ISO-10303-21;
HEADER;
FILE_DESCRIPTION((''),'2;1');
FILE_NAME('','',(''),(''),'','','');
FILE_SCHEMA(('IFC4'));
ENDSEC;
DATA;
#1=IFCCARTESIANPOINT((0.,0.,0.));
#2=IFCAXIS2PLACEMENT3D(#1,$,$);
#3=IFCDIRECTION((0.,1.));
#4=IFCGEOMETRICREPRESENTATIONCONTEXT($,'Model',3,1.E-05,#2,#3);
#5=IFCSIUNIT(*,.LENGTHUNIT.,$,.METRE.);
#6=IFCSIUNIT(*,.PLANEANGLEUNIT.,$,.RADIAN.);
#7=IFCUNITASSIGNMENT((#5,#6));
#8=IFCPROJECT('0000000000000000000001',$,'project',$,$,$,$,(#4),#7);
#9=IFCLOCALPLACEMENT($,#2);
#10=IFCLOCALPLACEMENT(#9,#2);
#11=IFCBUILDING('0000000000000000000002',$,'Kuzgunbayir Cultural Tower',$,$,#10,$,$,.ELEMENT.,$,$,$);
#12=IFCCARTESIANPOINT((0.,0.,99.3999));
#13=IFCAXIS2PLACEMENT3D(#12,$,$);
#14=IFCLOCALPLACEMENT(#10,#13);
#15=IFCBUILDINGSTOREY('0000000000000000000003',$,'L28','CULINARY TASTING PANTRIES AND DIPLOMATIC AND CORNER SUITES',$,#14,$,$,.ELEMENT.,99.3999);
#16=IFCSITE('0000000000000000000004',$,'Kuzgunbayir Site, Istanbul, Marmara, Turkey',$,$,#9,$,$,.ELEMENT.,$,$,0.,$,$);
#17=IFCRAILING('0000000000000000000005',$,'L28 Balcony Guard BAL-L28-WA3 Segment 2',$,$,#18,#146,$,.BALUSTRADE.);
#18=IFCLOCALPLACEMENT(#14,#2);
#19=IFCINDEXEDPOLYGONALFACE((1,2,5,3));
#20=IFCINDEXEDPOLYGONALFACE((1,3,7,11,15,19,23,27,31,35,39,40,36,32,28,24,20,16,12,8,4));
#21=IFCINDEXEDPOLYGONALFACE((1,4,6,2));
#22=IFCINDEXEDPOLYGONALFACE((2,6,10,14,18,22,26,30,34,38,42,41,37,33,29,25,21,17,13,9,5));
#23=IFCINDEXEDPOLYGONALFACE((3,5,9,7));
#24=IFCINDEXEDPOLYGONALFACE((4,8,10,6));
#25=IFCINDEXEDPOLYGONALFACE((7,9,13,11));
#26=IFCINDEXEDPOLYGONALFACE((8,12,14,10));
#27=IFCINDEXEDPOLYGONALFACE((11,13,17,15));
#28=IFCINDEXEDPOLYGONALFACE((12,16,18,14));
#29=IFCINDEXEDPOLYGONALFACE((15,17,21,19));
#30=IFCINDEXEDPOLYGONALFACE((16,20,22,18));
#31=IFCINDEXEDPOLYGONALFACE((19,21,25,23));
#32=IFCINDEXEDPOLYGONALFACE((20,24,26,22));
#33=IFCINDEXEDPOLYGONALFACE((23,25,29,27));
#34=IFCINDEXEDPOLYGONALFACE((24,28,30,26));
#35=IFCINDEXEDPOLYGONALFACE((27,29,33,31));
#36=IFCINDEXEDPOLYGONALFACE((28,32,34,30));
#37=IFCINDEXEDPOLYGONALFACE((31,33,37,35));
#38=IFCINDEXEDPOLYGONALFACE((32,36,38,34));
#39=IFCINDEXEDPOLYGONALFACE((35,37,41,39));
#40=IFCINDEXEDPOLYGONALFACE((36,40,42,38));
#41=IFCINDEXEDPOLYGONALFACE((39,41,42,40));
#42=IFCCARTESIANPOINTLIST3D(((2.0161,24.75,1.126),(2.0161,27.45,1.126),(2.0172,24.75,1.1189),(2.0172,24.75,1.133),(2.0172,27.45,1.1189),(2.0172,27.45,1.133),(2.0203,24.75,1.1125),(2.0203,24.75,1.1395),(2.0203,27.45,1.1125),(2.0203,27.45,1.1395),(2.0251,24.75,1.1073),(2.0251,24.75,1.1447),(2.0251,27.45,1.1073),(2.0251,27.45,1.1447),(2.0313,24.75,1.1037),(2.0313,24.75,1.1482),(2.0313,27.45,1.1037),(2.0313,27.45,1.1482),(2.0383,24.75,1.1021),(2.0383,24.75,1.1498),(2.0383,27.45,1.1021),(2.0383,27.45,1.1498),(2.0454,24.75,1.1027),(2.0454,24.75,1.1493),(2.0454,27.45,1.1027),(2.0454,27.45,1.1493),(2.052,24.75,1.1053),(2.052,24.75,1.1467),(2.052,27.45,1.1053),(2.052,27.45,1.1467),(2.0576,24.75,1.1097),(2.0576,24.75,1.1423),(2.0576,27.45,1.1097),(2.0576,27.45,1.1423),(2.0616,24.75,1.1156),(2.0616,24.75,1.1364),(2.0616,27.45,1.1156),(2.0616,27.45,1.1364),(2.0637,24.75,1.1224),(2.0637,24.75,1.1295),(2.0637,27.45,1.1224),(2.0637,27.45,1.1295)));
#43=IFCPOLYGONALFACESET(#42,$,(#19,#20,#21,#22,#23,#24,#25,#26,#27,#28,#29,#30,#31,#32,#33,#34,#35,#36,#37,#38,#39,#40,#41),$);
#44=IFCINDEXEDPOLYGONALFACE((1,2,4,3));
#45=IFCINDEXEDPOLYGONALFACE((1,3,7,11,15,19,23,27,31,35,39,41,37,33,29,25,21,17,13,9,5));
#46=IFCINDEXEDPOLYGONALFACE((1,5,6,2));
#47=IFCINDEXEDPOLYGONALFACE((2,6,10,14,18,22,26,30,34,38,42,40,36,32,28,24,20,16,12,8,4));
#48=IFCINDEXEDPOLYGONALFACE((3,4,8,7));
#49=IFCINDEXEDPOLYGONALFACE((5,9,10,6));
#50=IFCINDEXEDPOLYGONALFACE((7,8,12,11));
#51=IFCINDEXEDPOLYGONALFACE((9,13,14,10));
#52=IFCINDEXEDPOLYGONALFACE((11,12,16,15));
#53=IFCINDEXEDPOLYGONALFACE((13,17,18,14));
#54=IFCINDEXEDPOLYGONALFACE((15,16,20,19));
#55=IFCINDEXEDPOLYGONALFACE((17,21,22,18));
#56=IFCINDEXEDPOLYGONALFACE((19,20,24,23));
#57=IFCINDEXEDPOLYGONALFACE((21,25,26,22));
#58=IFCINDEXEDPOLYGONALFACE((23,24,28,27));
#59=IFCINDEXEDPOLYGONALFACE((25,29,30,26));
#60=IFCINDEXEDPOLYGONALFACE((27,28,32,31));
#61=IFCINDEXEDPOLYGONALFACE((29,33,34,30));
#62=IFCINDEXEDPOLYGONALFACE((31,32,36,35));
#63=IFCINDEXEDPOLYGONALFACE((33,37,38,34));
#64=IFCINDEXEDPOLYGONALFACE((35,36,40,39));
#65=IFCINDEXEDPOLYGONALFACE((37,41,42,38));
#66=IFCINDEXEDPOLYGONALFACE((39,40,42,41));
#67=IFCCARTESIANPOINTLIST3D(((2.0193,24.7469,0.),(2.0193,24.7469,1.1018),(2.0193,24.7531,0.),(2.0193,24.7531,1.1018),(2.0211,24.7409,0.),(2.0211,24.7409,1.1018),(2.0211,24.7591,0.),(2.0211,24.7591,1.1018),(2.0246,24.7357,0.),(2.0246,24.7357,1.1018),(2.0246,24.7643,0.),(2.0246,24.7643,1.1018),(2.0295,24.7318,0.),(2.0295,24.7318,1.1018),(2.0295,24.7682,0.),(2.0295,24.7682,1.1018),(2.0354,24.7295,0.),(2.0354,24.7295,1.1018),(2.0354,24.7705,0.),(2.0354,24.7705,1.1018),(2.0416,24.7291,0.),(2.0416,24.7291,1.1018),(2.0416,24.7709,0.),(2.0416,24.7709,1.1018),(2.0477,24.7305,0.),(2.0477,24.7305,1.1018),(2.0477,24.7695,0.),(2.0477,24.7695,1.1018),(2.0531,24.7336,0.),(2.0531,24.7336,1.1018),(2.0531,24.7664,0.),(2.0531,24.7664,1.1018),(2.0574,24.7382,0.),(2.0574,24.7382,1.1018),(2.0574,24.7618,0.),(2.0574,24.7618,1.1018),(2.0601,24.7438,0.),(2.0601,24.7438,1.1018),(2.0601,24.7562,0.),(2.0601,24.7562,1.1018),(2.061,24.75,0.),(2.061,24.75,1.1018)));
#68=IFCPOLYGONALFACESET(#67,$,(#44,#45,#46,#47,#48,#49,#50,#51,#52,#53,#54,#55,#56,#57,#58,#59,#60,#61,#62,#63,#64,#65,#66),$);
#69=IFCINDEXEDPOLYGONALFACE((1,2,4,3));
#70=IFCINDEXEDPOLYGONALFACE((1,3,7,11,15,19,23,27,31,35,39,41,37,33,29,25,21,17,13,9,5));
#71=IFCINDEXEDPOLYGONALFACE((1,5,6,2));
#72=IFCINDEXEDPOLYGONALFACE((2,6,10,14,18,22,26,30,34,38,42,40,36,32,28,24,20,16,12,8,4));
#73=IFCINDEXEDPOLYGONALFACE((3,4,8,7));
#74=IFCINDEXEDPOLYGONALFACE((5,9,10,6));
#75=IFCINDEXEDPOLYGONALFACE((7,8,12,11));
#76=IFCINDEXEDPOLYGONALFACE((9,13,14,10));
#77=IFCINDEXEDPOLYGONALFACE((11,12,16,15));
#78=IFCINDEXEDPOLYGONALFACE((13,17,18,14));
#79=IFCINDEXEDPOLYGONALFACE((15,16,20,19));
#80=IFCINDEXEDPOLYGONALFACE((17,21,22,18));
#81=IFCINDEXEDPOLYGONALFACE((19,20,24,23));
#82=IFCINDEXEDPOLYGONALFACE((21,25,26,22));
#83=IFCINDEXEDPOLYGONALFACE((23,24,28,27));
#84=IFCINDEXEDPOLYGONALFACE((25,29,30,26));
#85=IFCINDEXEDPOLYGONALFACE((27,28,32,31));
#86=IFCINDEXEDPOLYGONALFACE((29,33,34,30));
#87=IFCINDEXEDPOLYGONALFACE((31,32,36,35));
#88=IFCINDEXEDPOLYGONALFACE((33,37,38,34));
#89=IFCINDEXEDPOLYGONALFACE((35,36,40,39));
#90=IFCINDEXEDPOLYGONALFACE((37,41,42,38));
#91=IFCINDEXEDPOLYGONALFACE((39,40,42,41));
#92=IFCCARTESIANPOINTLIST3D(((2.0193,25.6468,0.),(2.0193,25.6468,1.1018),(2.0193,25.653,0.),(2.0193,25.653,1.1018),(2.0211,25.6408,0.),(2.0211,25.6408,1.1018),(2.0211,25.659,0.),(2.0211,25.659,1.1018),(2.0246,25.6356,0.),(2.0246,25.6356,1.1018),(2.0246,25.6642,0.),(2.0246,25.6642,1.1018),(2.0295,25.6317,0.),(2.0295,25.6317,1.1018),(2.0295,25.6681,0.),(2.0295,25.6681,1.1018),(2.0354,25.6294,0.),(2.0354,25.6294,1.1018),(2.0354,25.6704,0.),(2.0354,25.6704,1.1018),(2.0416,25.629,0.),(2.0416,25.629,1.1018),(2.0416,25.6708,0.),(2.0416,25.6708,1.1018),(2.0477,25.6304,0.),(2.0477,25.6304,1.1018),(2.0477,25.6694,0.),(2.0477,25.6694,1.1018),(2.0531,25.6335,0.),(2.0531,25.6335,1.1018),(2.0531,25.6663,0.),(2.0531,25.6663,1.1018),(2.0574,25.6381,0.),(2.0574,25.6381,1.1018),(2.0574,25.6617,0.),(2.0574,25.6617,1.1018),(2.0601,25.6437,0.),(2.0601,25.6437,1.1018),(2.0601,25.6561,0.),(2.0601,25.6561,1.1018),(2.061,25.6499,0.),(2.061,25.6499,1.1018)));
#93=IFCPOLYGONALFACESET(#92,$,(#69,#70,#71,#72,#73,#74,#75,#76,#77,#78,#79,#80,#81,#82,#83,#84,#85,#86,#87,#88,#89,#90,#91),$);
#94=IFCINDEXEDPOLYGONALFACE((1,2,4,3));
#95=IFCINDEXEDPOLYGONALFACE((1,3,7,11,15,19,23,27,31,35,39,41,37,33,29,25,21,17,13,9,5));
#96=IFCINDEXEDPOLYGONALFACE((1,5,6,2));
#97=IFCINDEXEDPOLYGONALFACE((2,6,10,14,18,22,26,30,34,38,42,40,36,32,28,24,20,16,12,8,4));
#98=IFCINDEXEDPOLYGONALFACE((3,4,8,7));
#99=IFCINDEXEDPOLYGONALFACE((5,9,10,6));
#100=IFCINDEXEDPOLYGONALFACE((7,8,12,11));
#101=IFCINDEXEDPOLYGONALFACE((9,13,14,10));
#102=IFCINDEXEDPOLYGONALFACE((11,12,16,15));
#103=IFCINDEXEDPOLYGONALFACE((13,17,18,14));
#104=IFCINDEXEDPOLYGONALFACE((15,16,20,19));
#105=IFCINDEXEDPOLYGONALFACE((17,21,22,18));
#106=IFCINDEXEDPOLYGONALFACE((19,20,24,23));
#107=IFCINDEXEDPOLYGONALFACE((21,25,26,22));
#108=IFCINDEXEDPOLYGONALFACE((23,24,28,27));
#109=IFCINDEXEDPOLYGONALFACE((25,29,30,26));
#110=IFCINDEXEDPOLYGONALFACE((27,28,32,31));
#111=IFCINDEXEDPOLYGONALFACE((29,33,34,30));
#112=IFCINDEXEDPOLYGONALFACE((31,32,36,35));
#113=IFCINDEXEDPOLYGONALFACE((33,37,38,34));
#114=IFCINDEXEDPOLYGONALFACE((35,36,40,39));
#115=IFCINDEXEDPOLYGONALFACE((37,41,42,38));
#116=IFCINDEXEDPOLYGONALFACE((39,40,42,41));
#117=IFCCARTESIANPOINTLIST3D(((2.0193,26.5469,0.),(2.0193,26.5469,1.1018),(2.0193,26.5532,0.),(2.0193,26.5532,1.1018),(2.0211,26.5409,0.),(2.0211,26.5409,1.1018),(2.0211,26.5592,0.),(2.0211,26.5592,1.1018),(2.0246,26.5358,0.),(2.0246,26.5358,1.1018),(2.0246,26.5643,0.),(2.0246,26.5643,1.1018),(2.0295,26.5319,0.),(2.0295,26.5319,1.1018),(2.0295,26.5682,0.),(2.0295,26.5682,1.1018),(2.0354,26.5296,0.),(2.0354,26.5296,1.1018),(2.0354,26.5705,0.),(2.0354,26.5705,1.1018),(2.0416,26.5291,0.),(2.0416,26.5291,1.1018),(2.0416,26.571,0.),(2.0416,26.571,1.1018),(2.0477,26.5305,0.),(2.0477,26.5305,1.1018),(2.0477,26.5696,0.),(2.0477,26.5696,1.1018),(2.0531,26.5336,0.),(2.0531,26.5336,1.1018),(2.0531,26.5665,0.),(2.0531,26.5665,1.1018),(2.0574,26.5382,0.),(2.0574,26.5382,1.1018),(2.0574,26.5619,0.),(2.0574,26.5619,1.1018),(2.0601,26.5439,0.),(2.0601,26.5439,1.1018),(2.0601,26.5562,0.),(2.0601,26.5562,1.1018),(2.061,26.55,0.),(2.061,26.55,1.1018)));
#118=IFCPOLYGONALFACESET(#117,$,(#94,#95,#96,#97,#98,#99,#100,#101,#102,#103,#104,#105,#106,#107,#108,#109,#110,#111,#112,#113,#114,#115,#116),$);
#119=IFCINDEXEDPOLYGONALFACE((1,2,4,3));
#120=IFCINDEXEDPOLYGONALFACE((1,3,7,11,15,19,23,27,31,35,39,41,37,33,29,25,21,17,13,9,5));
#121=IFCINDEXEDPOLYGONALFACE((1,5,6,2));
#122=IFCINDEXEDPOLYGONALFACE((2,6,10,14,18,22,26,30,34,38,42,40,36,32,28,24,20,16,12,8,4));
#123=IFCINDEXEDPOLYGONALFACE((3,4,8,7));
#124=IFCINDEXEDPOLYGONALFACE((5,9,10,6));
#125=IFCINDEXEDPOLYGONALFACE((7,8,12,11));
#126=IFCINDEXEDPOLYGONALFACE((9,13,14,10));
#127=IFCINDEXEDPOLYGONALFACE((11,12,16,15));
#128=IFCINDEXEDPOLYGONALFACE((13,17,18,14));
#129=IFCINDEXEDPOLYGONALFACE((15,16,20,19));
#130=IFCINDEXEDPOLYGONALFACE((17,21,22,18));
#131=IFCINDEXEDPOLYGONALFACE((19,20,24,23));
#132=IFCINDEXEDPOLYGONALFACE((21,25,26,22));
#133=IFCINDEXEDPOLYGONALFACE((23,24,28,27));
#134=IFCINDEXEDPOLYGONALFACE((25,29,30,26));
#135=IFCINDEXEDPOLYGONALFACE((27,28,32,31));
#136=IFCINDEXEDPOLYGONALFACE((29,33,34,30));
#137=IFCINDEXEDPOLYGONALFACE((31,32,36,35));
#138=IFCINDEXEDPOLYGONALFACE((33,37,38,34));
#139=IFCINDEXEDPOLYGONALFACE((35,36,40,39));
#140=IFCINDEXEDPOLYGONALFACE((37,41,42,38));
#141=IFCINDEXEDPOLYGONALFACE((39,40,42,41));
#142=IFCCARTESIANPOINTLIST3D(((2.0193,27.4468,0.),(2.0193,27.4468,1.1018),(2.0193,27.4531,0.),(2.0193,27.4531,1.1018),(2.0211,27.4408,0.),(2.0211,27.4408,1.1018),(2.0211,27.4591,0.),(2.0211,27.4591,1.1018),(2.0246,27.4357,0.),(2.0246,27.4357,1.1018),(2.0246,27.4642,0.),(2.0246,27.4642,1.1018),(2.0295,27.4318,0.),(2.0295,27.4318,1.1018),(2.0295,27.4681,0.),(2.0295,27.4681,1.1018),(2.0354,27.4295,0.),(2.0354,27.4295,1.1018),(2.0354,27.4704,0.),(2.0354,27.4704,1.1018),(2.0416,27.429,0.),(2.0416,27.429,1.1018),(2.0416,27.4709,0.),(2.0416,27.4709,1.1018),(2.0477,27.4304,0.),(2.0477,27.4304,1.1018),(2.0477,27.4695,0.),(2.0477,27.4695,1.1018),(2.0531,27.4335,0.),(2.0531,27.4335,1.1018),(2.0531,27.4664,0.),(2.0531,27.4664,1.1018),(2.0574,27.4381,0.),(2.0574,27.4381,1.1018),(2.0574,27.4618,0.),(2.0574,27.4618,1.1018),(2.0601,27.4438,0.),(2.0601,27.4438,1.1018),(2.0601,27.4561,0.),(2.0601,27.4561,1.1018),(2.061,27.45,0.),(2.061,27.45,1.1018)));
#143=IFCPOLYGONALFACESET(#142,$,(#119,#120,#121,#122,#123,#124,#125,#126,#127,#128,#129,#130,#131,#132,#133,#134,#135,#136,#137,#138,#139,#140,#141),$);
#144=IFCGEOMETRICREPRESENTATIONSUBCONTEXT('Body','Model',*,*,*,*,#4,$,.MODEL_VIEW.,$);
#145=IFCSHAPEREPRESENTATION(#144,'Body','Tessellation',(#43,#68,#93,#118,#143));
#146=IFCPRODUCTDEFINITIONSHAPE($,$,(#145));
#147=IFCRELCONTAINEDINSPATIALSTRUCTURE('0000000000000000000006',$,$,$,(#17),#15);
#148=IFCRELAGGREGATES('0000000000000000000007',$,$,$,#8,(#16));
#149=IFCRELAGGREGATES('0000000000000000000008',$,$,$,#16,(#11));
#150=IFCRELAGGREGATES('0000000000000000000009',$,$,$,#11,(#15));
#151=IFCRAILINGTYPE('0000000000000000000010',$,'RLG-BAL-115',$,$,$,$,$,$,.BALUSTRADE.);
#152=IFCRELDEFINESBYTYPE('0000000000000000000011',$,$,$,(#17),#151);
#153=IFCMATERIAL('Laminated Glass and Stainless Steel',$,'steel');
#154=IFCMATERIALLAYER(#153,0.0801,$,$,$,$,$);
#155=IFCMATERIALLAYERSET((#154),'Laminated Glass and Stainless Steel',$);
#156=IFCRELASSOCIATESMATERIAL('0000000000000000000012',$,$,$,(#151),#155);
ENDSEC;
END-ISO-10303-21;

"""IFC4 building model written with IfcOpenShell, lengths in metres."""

from ifc_helpers import new_model, si_unit, direction, frame, origin, origin_2d, place, context, subcontext, project, spatial, circle, extrude, material, layer, layer_set, type_object, element, save


model = new_model("IFC4")

# Units and contexts
model_context = context("Model", 3, precision=1e-05, world=origin(), true_north=direction((0.0, 1.0)))
body_context = subcontext(model_context, "Body", "Model", "MODEL_VIEW")
ifc_project = project(units=[si_unit("LENGTHUNIT", "METRE"), si_unit("PLANEANGLEUNIT", "RADIAN")], contexts=[model_context])

# Site, building, storey
site_placement = place(None, origin())
site = spatial("IfcSite", under=ifc_project, at=site_placement, Name="Kuzgunbayir Site, Istanbul, Marmara, Turkey", CompositionType="ELEMENT", RefElevation=0.0)
building_placement = place(site_placement, origin())
building = spatial("IfcBuilding", under=site, at=building_placement, Name="Kuzgunbayir Cultural Tower", CompositionType="ELEMENT")
storey_placement = place(building_placement, frame((0.0, 0.0, 99.3999)))
storey = spatial("IfcBuildingStorey", under=building, at=storey_placement, Name="L28", Description="CULINARY TASTING PANTRIES AND DIPLOMATIC AND CORNER SUITES", CompositionType="ELEMENT", Elevation=99.3999)

# Railing
ifc_material_1 = material(Name="Laminated Glass and Stainless Steel", Category="steel")
ifc_layer_1 = layer(ifc_material_1, 0.0801)
ifc_layer_set_1 = layer_set([ifc_layer_1], Name="Laminated Glass and Stainless Steel")
railing_type = type_object("IfcRailingType", Name="RLG-BAL-115", PredefinedType="BALUSTRADE", material=ifc_layer_set_1)
railing_1_placement = place(storey_placement, frame((2.04, 24.75, 0.0)))
element("IfcRailing", 1, at=railing_1_placement, inside=storey, type_object=railing_type, Name="L28 Balcony Guard BAL-L28-WA3 Segment 2", PredefinedType="BALUSTRADE", context=body_context, shape_type="SweptSolid", body=[
    extrude(circle(Radius=0.0239, at=origin_2d()), frame((0.0, 0.0, 1.126), z_axis=(0.0, 1.0, 0.0), x_axis=(-1.0, 0.0, 0.0)), (0.0, 0.0, 1.0), 2.7),
    extrude(circle(Radius=0.021, at=origin_2d()), origin(), (0.0, 0.0, 1.0), 1.1018),
    extrude(circle(Radius=0.021, at=origin_2d()), frame((0.0, 0.8999, 0.0)), (0.0, 0.0, 1.0), 1.1018),
    extrude(circle(Radius=0.021, at=origin_2d()), frame((0.0, 1.8, 0.0)), (0.0, 0.0, 1.0), 1.1018),
    extrude(circle(Radius=0.021, at=origin_2d()), frame((0.0, 2.7, 0.0)), (0.0, 0.0, 1.0), 1.1018),
])

save(model, "model.ifc")
